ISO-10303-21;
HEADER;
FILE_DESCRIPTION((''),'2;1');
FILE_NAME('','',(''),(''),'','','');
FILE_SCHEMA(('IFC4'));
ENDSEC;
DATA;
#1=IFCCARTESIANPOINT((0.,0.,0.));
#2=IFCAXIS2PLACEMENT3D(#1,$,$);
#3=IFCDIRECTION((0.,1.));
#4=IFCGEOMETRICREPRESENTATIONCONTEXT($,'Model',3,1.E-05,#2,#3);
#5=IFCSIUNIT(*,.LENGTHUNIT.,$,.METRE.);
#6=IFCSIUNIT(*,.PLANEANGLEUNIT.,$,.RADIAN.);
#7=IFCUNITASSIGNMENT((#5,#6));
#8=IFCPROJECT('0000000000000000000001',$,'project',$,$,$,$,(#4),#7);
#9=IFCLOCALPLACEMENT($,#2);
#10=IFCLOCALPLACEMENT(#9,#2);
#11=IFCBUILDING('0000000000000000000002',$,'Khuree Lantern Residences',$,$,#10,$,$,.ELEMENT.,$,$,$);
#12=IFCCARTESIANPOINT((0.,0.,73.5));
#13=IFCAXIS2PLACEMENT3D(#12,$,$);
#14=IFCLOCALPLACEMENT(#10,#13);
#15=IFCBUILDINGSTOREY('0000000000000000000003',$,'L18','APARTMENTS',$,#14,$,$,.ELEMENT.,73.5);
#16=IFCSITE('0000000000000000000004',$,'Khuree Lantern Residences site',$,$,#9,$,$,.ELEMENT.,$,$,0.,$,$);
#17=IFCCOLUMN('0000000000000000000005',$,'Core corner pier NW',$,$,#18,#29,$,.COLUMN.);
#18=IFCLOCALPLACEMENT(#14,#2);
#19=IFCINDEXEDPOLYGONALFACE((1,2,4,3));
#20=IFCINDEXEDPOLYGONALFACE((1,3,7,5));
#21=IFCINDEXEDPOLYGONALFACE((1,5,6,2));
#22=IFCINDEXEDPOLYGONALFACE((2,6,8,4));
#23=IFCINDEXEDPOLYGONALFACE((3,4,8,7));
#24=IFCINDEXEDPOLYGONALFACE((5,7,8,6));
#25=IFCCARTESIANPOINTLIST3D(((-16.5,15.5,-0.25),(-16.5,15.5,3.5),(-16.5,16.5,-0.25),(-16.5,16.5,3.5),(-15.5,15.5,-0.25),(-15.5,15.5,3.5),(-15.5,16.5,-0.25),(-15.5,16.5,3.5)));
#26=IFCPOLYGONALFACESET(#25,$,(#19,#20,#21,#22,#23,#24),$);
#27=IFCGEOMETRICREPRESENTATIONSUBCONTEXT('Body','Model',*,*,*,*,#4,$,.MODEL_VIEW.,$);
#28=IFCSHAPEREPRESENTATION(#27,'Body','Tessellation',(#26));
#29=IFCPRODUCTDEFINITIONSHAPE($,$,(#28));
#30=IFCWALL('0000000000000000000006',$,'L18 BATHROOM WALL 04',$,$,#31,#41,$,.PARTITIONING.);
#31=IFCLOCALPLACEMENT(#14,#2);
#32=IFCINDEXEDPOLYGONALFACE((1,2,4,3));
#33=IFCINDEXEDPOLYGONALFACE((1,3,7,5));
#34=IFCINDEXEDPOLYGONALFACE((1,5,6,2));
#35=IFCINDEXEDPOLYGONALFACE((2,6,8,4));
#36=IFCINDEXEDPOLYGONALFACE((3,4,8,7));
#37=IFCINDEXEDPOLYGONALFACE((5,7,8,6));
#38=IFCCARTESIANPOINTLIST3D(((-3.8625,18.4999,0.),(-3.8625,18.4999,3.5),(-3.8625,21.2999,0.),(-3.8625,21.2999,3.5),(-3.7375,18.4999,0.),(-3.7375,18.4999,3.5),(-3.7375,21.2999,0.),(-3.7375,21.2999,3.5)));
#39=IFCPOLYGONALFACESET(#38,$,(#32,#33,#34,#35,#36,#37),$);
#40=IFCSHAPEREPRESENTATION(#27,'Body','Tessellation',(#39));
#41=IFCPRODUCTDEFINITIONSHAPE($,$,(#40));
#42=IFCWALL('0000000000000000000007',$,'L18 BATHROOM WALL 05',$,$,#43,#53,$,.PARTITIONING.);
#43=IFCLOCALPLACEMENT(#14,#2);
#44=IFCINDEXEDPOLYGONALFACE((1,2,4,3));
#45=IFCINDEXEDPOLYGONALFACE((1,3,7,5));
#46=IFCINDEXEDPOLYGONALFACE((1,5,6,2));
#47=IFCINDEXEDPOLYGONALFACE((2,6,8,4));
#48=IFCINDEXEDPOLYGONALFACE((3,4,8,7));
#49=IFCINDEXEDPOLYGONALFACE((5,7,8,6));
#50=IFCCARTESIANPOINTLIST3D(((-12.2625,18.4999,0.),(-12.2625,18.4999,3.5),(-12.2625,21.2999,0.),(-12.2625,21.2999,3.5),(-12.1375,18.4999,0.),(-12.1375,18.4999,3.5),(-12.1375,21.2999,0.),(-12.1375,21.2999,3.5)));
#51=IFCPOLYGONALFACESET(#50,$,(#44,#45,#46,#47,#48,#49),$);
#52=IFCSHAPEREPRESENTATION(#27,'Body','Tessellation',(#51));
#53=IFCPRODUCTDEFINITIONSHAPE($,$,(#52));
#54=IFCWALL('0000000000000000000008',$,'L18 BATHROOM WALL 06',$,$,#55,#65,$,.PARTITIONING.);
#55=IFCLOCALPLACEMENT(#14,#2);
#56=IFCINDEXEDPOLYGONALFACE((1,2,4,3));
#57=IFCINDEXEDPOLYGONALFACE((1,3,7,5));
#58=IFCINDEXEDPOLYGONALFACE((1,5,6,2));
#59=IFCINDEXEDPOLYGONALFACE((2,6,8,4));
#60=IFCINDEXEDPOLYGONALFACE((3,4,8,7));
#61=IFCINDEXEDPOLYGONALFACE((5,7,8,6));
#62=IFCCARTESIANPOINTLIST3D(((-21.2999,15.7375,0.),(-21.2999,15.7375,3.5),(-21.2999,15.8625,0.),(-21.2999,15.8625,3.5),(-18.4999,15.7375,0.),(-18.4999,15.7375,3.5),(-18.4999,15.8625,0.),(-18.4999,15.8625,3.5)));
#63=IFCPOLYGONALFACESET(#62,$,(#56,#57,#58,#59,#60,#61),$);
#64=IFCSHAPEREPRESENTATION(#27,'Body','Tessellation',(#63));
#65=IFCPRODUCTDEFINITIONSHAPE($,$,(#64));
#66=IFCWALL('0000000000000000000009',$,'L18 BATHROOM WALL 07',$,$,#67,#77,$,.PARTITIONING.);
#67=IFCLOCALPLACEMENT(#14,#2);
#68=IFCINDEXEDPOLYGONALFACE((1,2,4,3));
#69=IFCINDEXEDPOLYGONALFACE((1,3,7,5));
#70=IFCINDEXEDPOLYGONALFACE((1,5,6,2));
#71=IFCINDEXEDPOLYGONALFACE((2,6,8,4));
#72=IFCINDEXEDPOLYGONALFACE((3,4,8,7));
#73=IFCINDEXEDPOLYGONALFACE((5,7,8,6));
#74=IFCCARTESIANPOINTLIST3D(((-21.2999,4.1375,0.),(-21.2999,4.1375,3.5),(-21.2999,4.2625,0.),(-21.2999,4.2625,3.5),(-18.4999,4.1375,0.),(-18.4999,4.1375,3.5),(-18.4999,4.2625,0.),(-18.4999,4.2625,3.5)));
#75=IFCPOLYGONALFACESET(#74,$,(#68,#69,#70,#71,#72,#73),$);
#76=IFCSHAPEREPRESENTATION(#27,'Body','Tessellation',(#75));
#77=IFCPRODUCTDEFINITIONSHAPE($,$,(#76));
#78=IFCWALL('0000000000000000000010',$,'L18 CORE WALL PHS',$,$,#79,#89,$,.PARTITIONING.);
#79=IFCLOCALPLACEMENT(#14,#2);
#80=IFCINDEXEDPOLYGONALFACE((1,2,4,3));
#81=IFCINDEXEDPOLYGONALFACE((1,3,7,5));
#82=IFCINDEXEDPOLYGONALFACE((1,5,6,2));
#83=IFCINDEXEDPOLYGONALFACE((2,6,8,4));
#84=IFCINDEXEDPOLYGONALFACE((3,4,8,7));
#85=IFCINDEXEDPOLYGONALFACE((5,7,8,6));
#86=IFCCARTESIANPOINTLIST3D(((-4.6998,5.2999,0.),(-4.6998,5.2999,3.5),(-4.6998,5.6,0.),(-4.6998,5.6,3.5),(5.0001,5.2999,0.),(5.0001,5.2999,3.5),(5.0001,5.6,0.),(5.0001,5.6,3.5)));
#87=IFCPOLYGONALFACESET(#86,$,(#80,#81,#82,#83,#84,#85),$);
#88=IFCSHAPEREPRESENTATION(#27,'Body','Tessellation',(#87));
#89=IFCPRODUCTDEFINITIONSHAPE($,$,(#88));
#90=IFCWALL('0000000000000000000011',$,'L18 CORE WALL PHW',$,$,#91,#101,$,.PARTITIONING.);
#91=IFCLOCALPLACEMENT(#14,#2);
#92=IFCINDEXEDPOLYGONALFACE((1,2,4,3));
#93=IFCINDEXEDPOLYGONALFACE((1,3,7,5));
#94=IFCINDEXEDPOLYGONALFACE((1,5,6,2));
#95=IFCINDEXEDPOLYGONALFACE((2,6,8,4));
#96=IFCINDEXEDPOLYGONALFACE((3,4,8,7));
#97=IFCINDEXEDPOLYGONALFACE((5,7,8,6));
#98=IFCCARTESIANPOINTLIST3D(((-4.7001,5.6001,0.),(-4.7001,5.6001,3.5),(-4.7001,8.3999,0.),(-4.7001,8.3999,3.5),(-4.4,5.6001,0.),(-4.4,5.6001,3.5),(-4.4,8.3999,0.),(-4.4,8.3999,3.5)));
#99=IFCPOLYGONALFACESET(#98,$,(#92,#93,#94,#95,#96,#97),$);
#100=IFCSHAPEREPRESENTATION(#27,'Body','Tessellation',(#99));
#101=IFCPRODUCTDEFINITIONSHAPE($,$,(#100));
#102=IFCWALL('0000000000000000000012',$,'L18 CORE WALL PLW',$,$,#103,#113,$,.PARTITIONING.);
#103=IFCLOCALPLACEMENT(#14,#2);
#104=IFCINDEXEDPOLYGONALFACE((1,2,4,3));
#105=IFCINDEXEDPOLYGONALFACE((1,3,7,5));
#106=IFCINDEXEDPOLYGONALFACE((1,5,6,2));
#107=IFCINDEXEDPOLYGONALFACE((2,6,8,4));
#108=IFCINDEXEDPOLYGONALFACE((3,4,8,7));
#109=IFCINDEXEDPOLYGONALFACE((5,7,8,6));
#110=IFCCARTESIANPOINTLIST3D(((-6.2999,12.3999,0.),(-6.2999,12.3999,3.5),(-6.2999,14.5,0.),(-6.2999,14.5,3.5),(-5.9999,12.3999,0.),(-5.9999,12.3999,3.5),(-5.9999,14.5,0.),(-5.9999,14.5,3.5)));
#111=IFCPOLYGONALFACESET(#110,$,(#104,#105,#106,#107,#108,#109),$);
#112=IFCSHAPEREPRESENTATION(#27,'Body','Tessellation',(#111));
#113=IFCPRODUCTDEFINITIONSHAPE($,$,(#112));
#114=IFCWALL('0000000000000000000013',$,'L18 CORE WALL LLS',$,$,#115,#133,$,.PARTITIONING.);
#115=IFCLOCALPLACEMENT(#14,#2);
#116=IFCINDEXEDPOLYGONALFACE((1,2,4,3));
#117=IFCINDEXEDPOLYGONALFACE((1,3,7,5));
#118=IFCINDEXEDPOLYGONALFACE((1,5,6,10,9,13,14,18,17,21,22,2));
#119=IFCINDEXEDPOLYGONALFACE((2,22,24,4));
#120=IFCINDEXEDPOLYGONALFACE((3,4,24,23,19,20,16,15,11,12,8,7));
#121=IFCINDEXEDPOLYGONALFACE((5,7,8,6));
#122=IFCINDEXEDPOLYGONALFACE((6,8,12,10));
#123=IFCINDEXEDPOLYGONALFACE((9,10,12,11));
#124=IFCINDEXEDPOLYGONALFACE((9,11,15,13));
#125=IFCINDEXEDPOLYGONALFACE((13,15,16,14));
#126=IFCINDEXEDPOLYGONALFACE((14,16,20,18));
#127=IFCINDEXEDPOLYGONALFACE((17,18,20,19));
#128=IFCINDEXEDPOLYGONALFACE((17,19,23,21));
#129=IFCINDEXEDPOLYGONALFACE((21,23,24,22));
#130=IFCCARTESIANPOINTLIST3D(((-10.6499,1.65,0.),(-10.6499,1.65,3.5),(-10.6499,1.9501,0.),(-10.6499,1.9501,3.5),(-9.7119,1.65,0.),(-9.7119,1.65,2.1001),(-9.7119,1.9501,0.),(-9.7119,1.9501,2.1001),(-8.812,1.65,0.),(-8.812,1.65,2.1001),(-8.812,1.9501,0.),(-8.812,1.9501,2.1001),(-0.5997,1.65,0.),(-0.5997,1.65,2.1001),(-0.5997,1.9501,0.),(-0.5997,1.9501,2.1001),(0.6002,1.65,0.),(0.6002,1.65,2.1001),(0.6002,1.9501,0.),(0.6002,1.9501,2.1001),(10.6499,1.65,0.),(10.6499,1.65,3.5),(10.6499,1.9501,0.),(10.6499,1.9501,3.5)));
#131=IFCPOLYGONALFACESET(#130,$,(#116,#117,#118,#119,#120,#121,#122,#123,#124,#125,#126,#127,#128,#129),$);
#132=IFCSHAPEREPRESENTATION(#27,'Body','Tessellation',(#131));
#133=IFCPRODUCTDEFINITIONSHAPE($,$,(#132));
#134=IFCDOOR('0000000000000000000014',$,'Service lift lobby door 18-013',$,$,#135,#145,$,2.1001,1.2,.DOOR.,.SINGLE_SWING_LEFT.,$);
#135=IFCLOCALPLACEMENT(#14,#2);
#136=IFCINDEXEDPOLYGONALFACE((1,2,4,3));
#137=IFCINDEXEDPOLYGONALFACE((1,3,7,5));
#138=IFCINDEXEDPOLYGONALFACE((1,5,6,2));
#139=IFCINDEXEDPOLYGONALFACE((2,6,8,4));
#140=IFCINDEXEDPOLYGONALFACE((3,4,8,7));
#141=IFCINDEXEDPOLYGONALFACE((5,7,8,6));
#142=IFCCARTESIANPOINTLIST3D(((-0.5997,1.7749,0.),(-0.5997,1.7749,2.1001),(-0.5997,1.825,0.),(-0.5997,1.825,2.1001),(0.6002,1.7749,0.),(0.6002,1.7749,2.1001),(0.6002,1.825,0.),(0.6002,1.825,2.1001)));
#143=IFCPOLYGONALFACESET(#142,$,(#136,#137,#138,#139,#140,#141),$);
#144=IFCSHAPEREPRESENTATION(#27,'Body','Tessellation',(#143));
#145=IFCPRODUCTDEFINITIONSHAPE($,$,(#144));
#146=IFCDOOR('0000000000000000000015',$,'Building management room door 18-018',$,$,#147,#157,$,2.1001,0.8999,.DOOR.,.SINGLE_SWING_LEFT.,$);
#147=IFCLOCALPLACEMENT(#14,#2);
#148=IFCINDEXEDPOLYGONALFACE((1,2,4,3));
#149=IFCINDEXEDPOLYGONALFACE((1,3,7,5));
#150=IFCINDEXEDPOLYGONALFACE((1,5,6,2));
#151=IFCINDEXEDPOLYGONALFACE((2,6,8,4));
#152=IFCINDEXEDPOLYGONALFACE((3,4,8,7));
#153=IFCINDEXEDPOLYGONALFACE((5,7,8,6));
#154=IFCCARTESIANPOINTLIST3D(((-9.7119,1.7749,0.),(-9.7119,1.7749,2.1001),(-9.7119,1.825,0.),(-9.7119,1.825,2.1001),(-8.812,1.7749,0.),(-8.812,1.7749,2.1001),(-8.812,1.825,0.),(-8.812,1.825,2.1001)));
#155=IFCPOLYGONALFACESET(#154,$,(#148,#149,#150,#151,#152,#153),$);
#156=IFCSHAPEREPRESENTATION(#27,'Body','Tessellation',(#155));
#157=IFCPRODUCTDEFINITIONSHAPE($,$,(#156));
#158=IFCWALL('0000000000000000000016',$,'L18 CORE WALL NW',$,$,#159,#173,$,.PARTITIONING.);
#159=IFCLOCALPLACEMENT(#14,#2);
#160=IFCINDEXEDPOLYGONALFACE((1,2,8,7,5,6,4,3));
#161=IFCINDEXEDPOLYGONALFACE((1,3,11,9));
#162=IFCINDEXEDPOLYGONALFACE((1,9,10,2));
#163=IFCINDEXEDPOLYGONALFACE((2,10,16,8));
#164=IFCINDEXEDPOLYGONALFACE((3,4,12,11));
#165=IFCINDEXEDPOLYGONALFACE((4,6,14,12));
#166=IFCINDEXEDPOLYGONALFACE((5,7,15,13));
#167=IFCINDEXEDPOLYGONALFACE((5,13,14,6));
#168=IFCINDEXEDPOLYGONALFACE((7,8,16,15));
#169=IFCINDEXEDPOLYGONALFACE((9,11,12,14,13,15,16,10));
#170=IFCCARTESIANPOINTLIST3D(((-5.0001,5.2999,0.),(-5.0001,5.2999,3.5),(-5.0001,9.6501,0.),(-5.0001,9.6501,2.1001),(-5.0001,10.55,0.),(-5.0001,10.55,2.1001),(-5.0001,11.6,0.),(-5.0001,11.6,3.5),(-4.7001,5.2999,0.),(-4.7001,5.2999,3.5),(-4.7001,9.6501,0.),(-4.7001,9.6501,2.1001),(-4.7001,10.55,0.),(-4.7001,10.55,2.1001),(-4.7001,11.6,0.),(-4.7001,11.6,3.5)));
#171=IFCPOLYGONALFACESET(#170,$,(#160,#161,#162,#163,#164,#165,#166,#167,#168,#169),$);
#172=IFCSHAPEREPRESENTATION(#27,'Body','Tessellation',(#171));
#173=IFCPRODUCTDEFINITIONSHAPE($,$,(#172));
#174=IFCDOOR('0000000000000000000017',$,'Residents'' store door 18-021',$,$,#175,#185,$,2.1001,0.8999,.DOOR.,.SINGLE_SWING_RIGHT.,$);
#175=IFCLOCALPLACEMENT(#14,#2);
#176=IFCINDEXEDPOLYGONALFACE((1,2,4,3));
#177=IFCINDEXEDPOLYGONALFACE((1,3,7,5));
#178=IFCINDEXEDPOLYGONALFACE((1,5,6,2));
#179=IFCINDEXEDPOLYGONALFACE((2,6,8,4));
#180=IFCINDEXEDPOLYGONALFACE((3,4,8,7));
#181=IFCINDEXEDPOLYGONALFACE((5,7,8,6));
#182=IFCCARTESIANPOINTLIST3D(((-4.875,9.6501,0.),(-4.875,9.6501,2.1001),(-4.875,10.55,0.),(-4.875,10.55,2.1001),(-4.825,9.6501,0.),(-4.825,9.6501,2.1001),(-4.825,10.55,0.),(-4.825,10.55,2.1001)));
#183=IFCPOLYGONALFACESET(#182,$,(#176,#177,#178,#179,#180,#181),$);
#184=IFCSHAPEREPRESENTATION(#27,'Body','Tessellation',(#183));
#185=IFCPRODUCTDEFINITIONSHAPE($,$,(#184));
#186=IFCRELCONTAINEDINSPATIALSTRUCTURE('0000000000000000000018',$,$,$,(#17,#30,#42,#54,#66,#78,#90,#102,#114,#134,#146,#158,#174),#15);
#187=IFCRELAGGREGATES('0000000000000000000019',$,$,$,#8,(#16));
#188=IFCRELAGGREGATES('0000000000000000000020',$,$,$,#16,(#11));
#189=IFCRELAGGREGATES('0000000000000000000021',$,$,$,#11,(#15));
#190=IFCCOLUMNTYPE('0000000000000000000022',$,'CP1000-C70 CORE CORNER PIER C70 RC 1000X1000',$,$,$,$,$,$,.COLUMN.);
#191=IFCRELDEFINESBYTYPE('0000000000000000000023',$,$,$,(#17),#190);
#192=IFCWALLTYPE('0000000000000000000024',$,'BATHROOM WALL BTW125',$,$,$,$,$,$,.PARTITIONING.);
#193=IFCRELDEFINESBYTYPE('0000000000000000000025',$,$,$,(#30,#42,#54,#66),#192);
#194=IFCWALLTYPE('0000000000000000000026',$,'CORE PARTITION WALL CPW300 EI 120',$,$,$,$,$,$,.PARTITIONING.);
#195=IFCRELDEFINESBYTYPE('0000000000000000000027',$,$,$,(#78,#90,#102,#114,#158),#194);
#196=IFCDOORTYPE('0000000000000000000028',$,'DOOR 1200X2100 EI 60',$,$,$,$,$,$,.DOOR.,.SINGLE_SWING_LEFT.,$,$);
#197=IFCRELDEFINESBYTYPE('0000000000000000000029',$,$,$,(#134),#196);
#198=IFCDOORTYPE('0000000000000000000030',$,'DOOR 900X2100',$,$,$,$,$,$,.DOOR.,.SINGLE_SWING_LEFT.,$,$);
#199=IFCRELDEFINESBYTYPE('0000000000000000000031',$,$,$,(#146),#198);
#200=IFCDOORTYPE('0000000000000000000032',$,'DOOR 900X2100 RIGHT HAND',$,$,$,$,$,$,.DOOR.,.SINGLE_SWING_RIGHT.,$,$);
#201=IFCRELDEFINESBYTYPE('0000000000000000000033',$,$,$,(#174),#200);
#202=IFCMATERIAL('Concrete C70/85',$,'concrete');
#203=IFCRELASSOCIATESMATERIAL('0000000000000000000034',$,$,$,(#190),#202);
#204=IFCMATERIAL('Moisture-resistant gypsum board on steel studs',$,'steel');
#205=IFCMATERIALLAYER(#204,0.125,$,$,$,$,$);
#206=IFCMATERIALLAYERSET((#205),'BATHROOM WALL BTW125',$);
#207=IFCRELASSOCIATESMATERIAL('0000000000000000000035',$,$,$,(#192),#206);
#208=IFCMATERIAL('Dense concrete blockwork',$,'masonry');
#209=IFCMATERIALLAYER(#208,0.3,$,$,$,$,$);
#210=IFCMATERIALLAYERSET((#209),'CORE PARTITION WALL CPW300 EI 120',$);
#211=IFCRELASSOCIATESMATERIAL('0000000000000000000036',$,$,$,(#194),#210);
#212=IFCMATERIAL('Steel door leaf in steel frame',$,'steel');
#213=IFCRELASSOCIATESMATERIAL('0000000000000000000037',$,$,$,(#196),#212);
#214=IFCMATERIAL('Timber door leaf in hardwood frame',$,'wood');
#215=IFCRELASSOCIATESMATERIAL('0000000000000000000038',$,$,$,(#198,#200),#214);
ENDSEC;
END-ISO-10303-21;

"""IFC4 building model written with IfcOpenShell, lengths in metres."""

from ifc_helpers import new_model, si_unit, direction, frame, frame_2d, origin, origin_2d, place, context, subcontext, project, spatial, rectangle, extrude, material, layer, layer_set, material_profile, profile_set, type_object, element, fill, save


model = new_model("IFC4")

# Units and contexts
model_context = context("Model", 3, precision=1e-05, world=origin(), true_north=direction((0.0, 1.0)))
body_context = subcontext(model_context, "Body", "Model", "MODEL_VIEW")
ifc_project = project(units=[si_unit("LENGTHUNIT", "METRE"), si_unit("PLANEANGLEUNIT", "RADIAN")], contexts=[model_context])

# Site, building, storey
site_placement = place(None, origin())
site = spatial("IfcSite", under=ifc_project, at=site_placement, Name="Khuree Lantern Residences site", CompositionType="ELEMENT", RefElevation=0.0)
building_placement = place(site_placement, origin())
building = spatial("IfcBuilding", under=site, at=building_placement, Name="Khuree Lantern Residences", CompositionType="ELEMENT")
storey_placement = place(building_placement, frame((0.0, 0.0, 73.5)))
storey = spatial("IfcBuildingStorey", under=building, at=storey_placement, Name="L18", Description="APARTMENTS", CompositionType="ELEMENT", Elevation=73.5)

# Column
ifc_material_1 = material(Name="Concrete C70/85", Category="concrete")
ifc_material_profile = material_profile(ifc_material_1, rectangle(XDim=1.0, YDim=1.0, at=origin_2d()), Name="RC 1000X1000")
ifc_profile_set = profile_set([ifc_material_profile], Name="Concrete C70/85")
column_type = type_object("IfcColumnType", Name="CP1000-C70 CORE CORNER PIER C70 RC 1000X1000", PredefinedType="COLUMN", material=ifc_profile_set)
column_placement = place(storey_placement, frame((-16.0, 16.0, -0.25), z_axis=(0.0, 0.0, 1.0), x_axis=(1.0, 0.0, 0.0)))
element("IfcColumn", 1, at=column_placement, inside=storey, type_object=column_type, Name="Core corner pier NW", PredefinedType="COLUMN", context=body_context, shape_type="SweptSolid", body=[
    extrude(rectangle(XDim=1.0, YDim=1.0, at=origin_2d()), origin(), (0.0, 0.0, 1.0), 3.75),
])

# Walls
ifc_material_2 = material(Name="Moisture-resistant gypsum board on steel studs", Category="steel")
ifc_layer_1 = layer(ifc_material_2, 0.125)
ifc_layer_set_1 = layer_set([ifc_layer_1], Name="BATHROOM WALL BTW125")
wall_type_1 = type_object("IfcWallType", Name="BATHROOM WALL BTW125", PredefinedType="PARTITIONING", material=ifc_layer_set_1)
for number, where, z_axis, x_axis, name in (
    (2, (-3.8, 18.5, 0.0), (0.0, 0.0, 1.0), (0.0, 1.0, 0.0), "L18 BATHROOM WALL 04"),
    (3, (-12.2, 18.5, 0.0), (0.0, 0.0, 1.0), (0.0, 1.0, 0.0), "L18 BATHROOM WALL 05"),
    (4, (-18.5, 15.8, 0.0), (0.0, 0.0, 1.0), (-1.0, 0.0, 0.0), "L18 BATHROOM WALL 06"),
    (5, (-18.5, 4.2, 0.0), (0.0, 0.0, 1.0), (-1.0, 0.0, 0.0), "L18 BATHROOM WALL 07"),
):
    element("IfcWall", number, at=place(storey_placement, frame(where, z_axis=z_axis, x_axis=x_axis)), inside=storey, type_object=wall_type_1, Name=name, PredefinedType="PARTITIONING", context=body_context, shape_type="SweptSolid", body=[
        extrude(rectangle(XDim=2.8, YDim=0.125, at=frame_2d((1.3999, 0.0))), origin(), (0.0, 0.0, 1.0), 3.5),
    ])
ifc_material_3 = material(Name="Dense concrete blockwork", Category="masonry")
ifc_layer_2 = layer(ifc_material_3, 0.3)
ifc_layer_set_2 = layer_set([ifc_layer_2], Name="CORE PARTITION WALL CPW300 EI 120")
wall_type_2 = type_object("IfcWallType", Name="CORE PARTITION WALL CPW300 EI 120", PredefinedType="PARTITIONING", material=ifc_layer_set_2)
wall_1_placement = place(storey_placement, frame((-4.7, 5.45, 0.0), z_axis=(0.0, 0.0, 1.0), x_axis=(1.0, 0.0, 0.0)))
element("IfcWall", 6, at=wall_1_placement, inside=storey, type_object=wall_type_2, Name="L18 CORE WALL PHS", PredefinedType="PARTITIONING", context=body_context, shape_type="SweptSolid", body=[
    extrude(rectangle(XDim=9.7, YDim=0.3, at=frame_2d((4.8501, 0.0))), origin(), (0.0, 0.0, 1.0), 3.5),
])
wall_2_placement = place(storey_placement, frame((-4.55, 5.6001, 0.0), z_axis=(0.0, 0.0, 1.0), x_axis=(0.0, 1.0, 0.0)))
element("IfcWall", 7, at=wall_2_placement, inside=storey, type_object=wall_type_2, Name="L18 CORE WALL PHW", PredefinedType="PARTITIONING", context=body_context, shape_type="SweptSolid", body=[
    extrude(rectangle(XDim=2.7998, YDim=0.3, at=frame_2d((1.3999, 0.0))), origin(), (0.0, 0.0, 1.0), 3.5),
])
wall_3_placement = place(storey_placement, frame((-6.1499, 12.3999, 0.0), z_axis=(0.0, 0.0, 1.0), x_axis=(0.0, 1.0, 0.0)))
element("IfcWall", 8, at=wall_3_placement, inside=storey, type_object=wall_type_2, Name="L18 CORE WALL PLW", PredefinedType="PARTITIONING", context=body_context, shape_type="SweptSolid", body=[
    extrude(rectangle(XDim=2.1001, YDim=0.3, at=frame_2d((1.05, 0.0))), origin(), (0.0, 0.0, 1.0), 3.5),
])

# Wall, openings, doors
wall_4_placement = place(storey_placement, frame((-10.6499, 1.8, 0.0), z_axis=(0.0, 0.0, 1.0), x_axis=(1.0, 0.0, 0.0)))
wall_4 = element("IfcWall", 9, at=wall_4_placement, inside=storey, type_object=wall_type_2, Name="L18 CORE WALL LLS", PredefinedType="PARTITIONING", context=body_context, shape_type="SweptSolid", body=[
    extrude(rectangle(XDim=21.2998, YDim=0.3, at=frame_2d((10.6499, 0.0))), origin(), (0.0, 0.0, 1.0), 3.5),
])
opening_1_placement = place(wall_4_placement, frame((10.05, 0.0, 0.0)))
opening_1 = element("IfcOpeningElement", 10, at=opening_1_placement, cuts=wall_4, PredefinedType="OPENING", context=body_context, shape_type="SweptSolid", body=[
    extrude(rectangle(XDim=1.2, YDim=2.1001, at=frame_2d((0.6001, 1.05))), frame((0.0, 0.1602, 0.0), z_axis=(0.0, -1.0, 0.0), x_axis=(1.0, 0.0, 0.0)), (0.0, 0.0, 1.0), 0.3201),
])
opening_2_placement = place(wall_4_placement, frame((0.938, 0.0, 0.0)))
opening_2 = element("IfcOpeningElement", 11, at=opening_2_placement, cuts=wall_4, PredefinedType="OPENING", context=body_context, shape_type="SweptSolid", body=[
    extrude(rectangle(XDim=0.8999, YDim=2.1001, at=frame_2d((0.45, 1.05))), frame((0.0, 0.1602, 0.0), z_axis=(0.0, -1.0, 0.0), x_axis=(1.0, 0.0, 0.0)), (0.0, 0.0, 1.0), 0.3201),
])
ifc_material_4 = material(Name="Steel door leaf in steel frame", Category="steel")
door_type_1 = type_object("IfcDoorType", Name="DOOR 1200X2100 EI 60", OperationType="SINGLE_SWING_LEFT", PredefinedType="DOOR", material=ifc_material_4)
door_1_placement = place(opening_1_placement, origin())
door_1 = element("IfcDoor", 12, at=door_1_placement, inside=storey, type_object=door_type_1, Name="Service lift lobby door 18-013", OperationType="SINGLE_SWING_LEFT", OverallHeight=2.1001, OverallWidth=1.2, PredefinedType="DOOR", context=body_context, shape_type="SweptSolid", body=[
    extrude(rectangle(XDim=1.2, YDim=2.1001, at=frame_2d((0.6001, 1.05))), frame((0.0, 0.0249, 0.0), z_axis=(0.0, -1.0, 0.0), x_axis=(1.0, 0.0, 0.0)), (0.0, 0.0, 1.0), 0.05),
])
fill(opening_1, door_1)
ifc_material_5 = material(Name="Timber door leaf in hardwood frame", Category="wood")
door_type_2 = type_object("IfcDoorType", Name="DOOR 900X2100", OperationType="SINGLE_SWING_LEFT", PredefinedType="DOOR", material=ifc_material_5)
door_2_placement = place(opening_2_placement, origin())
door_2 = element("IfcDoor", 13, at=door_2_placement, inside=storey, type_object=door_type_2, Name="Building management room door 18-018", OperationType="SINGLE_SWING_LEFT", OverallHeight=2.1001, OverallWidth=0.8999, PredefinedType="DOOR", context=body_context, shape_type="SweptSolid", body=[
    extrude(rectangle(XDim=0.8999, YDim=2.1001, at=frame_2d((0.45, 1.05))), frame((0.0, 0.0249, 0.0), z_axis=(0.0, -1.0, 0.0), x_axis=(1.0, 0.0, 0.0)), (0.0, 0.0, 1.0), 0.05),
])
fill(opening_2, door_2)

# Wall, opening, door
wall_5_placement = place(storey_placement, frame((-4.8501, 5.3, 0.0), z_axis=(0.0, 0.0, 1.0), x_axis=(0.0, 1.0, 0.0)))
wall_5 = element("IfcWall", 14, at=wall_5_placement, inside=storey, type_object=wall_type_2, Name="L18 CORE WALL NW", PredefinedType="PARTITIONING", context=body_context, shape_type="SweptSolid", body=[
    extrude(rectangle(XDim=6.3, YDim=0.3, at=frame_2d((3.1499, 0.0))), origin(), (0.0, 0.0, 1.0), 3.5),
])
opening_3_placement = place(wall_5_placement, frame((4.3501, 0.0, 0.0)))
opening_3 = element("IfcOpeningElement", 15, at=opening_3_placement, cuts=wall_5, PredefinedType="OPENING", context=body_context, shape_type="SweptSolid", body=[
    extrude(rectangle(XDim=0.8999, YDim=2.1001, at=frame_2d((0.45, 1.05))), frame((0.0, 0.1602, 0.0), z_axis=(0.0, -1.0, 0.0), x_axis=(1.0, 0.0, 0.0)), (0.0, 0.0, 1.0), 0.3201),
])
door_type_3 = type_object("IfcDoorType", Name="DOOR 900X2100 RIGHT HAND", OperationType="SINGLE_SWING_RIGHT", PredefinedType="DOOR", material=ifc_material_5)
door_3_placement = place(opening_3_placement, origin())
door_3 = element("IfcDoor", 16, at=door_3_placement, inside=storey, type_object=door_type_3, Name="Residents' store door 18-021", OperationType="SINGLE_SWING_RIGHT", OverallHeight=2.1001, OverallWidth=0.8999, PredefinedType="DOOR", context=body_context, shape_type="SweptSolid", body=[
    extrude(rectangle(XDim=0.8999, YDim=2.1001, at=frame_2d((0.45, 1.05))), frame((0.0, 0.0249, 0.0), z_axis=(0.0, -1.0, 0.0), x_axis=(1.0, 0.0, 0.0)), (0.0, 0.0, 1.0), 0.05),
])
fill(opening_3, door_3)

save(model, "model.ifc")
